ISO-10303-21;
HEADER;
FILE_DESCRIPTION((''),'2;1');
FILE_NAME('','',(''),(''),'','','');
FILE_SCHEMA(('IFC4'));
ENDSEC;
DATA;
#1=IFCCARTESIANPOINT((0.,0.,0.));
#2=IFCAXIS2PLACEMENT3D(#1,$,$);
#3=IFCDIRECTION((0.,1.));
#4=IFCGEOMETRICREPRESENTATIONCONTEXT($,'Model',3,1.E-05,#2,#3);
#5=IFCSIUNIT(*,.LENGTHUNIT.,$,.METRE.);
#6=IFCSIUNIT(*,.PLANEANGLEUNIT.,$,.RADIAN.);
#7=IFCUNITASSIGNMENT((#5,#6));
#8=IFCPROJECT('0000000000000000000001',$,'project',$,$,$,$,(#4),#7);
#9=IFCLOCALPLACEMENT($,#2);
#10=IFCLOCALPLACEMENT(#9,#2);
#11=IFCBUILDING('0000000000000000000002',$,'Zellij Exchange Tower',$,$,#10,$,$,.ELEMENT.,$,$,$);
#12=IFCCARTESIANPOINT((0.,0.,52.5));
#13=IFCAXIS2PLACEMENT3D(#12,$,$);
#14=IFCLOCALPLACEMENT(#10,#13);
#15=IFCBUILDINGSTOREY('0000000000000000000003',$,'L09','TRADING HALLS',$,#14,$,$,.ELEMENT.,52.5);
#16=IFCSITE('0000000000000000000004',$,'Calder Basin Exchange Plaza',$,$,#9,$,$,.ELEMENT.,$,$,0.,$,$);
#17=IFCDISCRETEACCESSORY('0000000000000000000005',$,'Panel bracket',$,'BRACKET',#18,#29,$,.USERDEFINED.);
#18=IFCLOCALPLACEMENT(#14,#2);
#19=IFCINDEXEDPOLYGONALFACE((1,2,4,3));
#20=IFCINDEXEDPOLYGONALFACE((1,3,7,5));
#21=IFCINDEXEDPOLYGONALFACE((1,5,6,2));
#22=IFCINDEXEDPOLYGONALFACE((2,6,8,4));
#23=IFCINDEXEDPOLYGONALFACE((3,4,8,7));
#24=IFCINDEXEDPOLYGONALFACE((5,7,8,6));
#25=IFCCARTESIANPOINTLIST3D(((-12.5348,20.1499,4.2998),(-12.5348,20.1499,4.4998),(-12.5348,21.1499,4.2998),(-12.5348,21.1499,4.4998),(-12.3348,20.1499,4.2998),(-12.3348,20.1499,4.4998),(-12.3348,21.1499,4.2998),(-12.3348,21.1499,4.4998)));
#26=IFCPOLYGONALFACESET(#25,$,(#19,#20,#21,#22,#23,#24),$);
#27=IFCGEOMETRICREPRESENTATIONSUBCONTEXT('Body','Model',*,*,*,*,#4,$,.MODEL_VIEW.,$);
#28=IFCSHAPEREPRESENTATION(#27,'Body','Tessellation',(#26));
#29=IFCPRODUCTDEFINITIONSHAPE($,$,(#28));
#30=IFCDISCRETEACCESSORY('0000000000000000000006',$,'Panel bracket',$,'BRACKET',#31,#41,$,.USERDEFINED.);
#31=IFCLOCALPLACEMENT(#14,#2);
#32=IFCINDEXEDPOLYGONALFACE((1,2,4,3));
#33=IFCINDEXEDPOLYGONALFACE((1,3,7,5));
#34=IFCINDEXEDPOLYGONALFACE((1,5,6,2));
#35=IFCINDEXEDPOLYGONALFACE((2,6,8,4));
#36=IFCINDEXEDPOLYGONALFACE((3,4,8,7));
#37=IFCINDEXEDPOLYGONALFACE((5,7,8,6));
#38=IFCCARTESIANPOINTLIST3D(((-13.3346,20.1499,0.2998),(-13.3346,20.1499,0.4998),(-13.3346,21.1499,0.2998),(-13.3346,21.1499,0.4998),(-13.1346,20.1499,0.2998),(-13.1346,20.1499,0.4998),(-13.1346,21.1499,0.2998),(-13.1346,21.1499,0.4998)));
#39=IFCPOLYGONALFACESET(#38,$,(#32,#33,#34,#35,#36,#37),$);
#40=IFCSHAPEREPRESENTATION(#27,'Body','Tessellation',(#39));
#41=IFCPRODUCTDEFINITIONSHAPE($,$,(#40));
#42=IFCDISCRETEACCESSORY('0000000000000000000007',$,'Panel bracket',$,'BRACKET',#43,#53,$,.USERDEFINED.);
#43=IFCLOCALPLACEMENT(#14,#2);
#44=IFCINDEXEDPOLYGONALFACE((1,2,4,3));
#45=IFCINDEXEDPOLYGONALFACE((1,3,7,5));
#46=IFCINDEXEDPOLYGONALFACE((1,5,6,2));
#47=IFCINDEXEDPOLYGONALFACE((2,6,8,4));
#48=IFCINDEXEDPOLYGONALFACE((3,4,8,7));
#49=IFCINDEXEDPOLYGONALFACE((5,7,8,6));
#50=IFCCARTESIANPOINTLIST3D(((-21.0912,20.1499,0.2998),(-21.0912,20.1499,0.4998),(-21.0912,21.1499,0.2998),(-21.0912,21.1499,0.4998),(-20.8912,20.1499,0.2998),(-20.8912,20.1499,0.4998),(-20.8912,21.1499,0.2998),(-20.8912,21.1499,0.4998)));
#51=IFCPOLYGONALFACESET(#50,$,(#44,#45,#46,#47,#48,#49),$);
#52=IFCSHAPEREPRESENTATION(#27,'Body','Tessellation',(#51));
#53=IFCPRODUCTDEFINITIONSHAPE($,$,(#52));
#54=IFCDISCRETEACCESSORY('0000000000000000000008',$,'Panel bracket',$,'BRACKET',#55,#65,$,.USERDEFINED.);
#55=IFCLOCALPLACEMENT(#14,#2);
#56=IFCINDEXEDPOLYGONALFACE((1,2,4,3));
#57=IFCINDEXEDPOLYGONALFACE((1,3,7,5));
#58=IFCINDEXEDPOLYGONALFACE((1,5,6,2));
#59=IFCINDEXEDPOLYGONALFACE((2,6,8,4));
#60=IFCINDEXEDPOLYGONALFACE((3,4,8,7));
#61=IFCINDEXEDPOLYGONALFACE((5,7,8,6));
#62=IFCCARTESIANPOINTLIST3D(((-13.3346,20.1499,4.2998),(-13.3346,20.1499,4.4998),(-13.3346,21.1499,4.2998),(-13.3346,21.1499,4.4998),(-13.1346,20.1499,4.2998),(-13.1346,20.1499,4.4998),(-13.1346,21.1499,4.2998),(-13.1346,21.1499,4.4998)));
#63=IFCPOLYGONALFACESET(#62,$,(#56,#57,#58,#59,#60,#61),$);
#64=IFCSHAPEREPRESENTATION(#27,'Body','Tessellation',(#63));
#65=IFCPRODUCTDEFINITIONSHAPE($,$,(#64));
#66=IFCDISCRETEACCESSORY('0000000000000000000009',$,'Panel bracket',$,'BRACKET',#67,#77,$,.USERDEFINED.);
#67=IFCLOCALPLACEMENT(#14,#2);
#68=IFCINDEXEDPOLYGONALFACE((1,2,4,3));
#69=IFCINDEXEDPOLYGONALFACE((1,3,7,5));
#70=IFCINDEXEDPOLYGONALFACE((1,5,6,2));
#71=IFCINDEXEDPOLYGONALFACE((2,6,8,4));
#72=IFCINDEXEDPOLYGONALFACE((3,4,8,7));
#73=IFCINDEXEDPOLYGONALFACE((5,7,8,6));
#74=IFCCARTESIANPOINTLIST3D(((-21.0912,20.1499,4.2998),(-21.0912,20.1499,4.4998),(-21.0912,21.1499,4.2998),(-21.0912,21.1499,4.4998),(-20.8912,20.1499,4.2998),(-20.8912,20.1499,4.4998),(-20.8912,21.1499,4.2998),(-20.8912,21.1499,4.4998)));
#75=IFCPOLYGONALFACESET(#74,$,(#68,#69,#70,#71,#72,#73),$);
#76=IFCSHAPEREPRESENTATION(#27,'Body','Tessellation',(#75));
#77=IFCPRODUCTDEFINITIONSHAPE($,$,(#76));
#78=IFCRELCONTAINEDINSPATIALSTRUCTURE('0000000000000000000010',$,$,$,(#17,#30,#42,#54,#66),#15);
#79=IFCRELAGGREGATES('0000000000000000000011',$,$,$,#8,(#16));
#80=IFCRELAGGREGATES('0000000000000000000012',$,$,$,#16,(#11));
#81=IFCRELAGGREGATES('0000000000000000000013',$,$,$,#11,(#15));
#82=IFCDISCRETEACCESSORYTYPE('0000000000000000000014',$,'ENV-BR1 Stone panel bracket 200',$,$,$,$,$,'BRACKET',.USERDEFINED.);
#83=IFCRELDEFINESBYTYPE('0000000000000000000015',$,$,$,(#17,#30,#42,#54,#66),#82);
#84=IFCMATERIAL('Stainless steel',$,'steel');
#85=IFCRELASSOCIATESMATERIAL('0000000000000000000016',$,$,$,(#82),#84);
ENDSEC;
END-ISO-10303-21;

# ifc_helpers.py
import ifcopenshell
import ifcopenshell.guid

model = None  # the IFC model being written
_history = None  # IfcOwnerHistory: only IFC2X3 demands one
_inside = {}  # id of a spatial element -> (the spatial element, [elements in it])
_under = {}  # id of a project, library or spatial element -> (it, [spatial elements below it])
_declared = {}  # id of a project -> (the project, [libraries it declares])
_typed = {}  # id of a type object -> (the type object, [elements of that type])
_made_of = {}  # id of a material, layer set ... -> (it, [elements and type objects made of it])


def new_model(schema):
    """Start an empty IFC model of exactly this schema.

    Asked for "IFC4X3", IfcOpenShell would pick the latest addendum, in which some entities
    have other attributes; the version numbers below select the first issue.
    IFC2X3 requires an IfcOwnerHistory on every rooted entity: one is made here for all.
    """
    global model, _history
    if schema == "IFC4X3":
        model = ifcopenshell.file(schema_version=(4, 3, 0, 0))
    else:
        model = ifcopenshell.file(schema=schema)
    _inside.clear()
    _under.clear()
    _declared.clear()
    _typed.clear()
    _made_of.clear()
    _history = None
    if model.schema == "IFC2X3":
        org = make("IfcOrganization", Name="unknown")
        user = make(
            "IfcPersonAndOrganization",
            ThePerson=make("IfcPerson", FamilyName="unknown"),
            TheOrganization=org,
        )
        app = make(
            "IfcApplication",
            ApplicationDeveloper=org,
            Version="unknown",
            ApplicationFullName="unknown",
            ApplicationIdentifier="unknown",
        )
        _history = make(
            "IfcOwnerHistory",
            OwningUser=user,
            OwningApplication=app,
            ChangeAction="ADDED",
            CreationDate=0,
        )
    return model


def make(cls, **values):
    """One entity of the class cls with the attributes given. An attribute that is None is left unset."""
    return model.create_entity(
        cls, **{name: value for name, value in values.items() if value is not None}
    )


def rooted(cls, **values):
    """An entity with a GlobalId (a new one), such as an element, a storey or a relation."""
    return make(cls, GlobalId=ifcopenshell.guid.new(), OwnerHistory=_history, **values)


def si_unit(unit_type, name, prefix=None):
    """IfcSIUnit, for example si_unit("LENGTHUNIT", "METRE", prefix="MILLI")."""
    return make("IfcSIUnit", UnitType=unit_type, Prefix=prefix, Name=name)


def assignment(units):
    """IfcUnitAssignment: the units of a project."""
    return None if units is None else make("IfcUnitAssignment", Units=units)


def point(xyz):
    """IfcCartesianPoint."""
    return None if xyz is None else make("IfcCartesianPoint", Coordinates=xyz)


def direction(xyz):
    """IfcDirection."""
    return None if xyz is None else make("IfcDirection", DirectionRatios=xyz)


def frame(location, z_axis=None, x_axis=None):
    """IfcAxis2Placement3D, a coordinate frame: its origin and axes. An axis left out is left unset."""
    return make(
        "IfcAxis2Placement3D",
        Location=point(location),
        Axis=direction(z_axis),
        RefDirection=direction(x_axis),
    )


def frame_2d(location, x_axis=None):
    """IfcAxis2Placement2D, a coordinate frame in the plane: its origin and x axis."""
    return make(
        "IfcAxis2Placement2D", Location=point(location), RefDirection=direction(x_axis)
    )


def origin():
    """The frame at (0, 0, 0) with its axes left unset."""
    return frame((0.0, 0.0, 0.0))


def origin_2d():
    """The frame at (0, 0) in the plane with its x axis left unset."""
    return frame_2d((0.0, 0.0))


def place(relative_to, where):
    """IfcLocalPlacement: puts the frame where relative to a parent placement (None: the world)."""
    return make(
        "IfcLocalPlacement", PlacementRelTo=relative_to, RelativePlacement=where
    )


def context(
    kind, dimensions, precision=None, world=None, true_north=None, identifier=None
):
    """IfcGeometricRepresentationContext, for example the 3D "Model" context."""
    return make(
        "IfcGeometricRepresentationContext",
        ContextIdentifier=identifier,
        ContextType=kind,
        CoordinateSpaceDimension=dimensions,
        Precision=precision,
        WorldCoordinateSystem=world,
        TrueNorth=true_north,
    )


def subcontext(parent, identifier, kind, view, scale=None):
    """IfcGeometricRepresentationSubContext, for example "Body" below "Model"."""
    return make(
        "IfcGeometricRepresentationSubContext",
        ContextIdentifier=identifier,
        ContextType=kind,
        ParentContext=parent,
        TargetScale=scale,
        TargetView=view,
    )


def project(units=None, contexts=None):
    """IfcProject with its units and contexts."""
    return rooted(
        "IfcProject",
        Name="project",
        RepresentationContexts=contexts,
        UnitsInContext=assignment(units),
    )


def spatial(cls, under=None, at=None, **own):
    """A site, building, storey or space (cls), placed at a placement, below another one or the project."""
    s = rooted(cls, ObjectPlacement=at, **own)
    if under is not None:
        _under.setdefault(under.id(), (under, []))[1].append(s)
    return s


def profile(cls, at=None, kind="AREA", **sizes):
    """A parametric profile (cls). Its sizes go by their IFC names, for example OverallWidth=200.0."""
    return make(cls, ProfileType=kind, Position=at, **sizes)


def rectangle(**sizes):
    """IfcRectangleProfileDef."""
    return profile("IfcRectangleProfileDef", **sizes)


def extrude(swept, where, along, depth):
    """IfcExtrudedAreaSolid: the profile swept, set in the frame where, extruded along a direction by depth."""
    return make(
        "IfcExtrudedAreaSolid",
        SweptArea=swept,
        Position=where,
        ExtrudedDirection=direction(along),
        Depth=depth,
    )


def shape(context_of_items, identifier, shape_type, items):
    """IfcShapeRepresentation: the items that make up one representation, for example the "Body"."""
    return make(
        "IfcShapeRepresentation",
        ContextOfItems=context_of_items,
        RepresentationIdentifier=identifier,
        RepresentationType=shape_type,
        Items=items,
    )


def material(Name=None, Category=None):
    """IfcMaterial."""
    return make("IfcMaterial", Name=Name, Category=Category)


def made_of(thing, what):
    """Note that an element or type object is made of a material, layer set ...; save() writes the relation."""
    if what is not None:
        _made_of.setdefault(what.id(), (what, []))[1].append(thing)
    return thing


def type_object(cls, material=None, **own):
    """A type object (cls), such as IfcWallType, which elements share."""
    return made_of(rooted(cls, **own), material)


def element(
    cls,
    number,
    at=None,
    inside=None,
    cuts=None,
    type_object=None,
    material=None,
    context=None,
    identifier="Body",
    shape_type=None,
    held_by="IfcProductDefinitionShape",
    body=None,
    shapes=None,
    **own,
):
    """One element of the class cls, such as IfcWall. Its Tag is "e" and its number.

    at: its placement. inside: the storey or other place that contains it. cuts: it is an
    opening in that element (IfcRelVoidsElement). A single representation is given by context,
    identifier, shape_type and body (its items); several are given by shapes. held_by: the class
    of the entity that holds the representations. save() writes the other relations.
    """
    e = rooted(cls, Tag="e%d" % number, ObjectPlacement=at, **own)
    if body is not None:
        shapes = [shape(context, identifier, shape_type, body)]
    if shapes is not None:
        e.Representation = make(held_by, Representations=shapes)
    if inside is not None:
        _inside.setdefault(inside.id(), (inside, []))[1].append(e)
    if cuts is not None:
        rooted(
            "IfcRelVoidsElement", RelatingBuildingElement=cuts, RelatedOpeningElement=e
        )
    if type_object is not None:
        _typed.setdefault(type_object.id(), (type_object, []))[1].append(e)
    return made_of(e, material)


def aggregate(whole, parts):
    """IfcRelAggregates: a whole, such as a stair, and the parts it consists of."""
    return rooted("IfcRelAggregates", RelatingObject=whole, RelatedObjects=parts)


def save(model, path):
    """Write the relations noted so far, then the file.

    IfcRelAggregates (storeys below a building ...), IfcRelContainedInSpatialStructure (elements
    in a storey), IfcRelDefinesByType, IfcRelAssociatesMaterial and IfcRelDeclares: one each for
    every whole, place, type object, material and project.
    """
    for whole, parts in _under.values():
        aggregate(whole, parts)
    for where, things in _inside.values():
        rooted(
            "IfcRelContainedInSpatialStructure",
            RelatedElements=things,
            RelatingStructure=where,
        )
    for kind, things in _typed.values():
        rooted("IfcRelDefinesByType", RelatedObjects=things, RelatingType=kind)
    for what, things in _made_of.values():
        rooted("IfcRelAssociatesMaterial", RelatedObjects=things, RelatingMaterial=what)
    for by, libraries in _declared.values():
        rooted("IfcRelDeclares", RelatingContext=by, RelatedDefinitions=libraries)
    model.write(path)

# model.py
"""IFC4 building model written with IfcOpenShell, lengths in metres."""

from ifc_helpers import new_model, si_unit, direction, frame, origin, origin_2d, place, context, subcontext, project, spatial, rectangle, extrude, material, type_object, element, save


model = new_model("IFC4")

# Units and contexts
model_context = context("Model", 3, precision=1e-05, world=origin(), true_north=direction((0.0, 1.0)))
body_context = subcontext(model_context, "Body", "Model", "MODEL_VIEW")
ifc_project = project(units=[si_unit("LENGTHUNIT", "METRE"), si_unit("PLANEANGLEUNIT", "RADIAN")], contexts=[model_context])

# Site, building, storey
site_placement = place(None, origin())
site = spatial("IfcSite", under=ifc_project, at=site_placement, Name="Calder Basin Exchange Plaza", CompositionType="ELEMENT", RefElevation=0.0)
building_placement = place(site_placement, origin())
building = spatial("IfcBuilding", under=site, at=building_placement, Name="Zellij Exchange Tower", CompositionType="ELEMENT")
storey_placement = place(building_placement, frame((0.0, 0.0, 52.5)))
storey = spatial("IfcBuildingStorey", under=building, at=storey_placement, Name="L09", Description="TRADING HALLS", CompositionType="ELEMENT", Elevation=52.5)

# Discrete accessories
ifc_material_1 = material(Name="Stainless steel", Category="steel")
discrete_accessory_type = type_object("IfcDiscreteAccessoryType", Name="ENV-BR1 Stone panel bracket 200", ElementType="BRACKET", PredefinedType="USERDEFINED", material=ifc_material_1)
for number, where, z_axis, x_axis, name in (
    (1, (-12.4348, 20.6499, 4.2998), (0.0, 0.0, 1.0), (-1.0, 0.0, 0.0), "Panel bracket"),
    (2, (-13.2346, 20.6499, 0.2998), (0.0, 0.0, 1.0), (-1.0, 0.0, 0.0), "Panel bracket"),
    (3, (-20.9912, 20.6499, 0.2998), (0.0, 0.0, 1.0), (-1.0, 0.0, 0.0), "Panel bracket"),
    (4, (-13.2346, 20.6499, 4.2998), (0.0, 0.0, 1.0), (-1.0, 0.0, 0.0), "Panel bracket"),
    (5, (-20.9912, 20.6499, 4.2998), (0.0, 0.0, 1.0), (-1.0, 0.0, 0.0), "Panel bracket"),
):
    element("IfcDiscreteAccessory", number, at=place(storey_placement, frame(where, z_axis=z_axis, x_axis=x_axis)), inside=storey, type_object=discrete_accessory_type, Name=name, ObjectType="BRACKET", PredefinedType="USERDEFINED", context=body_context, shape_type="SweptSolid", body=[
        extrude(rectangle(XDim=0.2, YDim=1.0, at=origin_2d()), origin(), (0.0, 0.0, 1.0), 0.2),
    ])

save(model, "model.ifc")
